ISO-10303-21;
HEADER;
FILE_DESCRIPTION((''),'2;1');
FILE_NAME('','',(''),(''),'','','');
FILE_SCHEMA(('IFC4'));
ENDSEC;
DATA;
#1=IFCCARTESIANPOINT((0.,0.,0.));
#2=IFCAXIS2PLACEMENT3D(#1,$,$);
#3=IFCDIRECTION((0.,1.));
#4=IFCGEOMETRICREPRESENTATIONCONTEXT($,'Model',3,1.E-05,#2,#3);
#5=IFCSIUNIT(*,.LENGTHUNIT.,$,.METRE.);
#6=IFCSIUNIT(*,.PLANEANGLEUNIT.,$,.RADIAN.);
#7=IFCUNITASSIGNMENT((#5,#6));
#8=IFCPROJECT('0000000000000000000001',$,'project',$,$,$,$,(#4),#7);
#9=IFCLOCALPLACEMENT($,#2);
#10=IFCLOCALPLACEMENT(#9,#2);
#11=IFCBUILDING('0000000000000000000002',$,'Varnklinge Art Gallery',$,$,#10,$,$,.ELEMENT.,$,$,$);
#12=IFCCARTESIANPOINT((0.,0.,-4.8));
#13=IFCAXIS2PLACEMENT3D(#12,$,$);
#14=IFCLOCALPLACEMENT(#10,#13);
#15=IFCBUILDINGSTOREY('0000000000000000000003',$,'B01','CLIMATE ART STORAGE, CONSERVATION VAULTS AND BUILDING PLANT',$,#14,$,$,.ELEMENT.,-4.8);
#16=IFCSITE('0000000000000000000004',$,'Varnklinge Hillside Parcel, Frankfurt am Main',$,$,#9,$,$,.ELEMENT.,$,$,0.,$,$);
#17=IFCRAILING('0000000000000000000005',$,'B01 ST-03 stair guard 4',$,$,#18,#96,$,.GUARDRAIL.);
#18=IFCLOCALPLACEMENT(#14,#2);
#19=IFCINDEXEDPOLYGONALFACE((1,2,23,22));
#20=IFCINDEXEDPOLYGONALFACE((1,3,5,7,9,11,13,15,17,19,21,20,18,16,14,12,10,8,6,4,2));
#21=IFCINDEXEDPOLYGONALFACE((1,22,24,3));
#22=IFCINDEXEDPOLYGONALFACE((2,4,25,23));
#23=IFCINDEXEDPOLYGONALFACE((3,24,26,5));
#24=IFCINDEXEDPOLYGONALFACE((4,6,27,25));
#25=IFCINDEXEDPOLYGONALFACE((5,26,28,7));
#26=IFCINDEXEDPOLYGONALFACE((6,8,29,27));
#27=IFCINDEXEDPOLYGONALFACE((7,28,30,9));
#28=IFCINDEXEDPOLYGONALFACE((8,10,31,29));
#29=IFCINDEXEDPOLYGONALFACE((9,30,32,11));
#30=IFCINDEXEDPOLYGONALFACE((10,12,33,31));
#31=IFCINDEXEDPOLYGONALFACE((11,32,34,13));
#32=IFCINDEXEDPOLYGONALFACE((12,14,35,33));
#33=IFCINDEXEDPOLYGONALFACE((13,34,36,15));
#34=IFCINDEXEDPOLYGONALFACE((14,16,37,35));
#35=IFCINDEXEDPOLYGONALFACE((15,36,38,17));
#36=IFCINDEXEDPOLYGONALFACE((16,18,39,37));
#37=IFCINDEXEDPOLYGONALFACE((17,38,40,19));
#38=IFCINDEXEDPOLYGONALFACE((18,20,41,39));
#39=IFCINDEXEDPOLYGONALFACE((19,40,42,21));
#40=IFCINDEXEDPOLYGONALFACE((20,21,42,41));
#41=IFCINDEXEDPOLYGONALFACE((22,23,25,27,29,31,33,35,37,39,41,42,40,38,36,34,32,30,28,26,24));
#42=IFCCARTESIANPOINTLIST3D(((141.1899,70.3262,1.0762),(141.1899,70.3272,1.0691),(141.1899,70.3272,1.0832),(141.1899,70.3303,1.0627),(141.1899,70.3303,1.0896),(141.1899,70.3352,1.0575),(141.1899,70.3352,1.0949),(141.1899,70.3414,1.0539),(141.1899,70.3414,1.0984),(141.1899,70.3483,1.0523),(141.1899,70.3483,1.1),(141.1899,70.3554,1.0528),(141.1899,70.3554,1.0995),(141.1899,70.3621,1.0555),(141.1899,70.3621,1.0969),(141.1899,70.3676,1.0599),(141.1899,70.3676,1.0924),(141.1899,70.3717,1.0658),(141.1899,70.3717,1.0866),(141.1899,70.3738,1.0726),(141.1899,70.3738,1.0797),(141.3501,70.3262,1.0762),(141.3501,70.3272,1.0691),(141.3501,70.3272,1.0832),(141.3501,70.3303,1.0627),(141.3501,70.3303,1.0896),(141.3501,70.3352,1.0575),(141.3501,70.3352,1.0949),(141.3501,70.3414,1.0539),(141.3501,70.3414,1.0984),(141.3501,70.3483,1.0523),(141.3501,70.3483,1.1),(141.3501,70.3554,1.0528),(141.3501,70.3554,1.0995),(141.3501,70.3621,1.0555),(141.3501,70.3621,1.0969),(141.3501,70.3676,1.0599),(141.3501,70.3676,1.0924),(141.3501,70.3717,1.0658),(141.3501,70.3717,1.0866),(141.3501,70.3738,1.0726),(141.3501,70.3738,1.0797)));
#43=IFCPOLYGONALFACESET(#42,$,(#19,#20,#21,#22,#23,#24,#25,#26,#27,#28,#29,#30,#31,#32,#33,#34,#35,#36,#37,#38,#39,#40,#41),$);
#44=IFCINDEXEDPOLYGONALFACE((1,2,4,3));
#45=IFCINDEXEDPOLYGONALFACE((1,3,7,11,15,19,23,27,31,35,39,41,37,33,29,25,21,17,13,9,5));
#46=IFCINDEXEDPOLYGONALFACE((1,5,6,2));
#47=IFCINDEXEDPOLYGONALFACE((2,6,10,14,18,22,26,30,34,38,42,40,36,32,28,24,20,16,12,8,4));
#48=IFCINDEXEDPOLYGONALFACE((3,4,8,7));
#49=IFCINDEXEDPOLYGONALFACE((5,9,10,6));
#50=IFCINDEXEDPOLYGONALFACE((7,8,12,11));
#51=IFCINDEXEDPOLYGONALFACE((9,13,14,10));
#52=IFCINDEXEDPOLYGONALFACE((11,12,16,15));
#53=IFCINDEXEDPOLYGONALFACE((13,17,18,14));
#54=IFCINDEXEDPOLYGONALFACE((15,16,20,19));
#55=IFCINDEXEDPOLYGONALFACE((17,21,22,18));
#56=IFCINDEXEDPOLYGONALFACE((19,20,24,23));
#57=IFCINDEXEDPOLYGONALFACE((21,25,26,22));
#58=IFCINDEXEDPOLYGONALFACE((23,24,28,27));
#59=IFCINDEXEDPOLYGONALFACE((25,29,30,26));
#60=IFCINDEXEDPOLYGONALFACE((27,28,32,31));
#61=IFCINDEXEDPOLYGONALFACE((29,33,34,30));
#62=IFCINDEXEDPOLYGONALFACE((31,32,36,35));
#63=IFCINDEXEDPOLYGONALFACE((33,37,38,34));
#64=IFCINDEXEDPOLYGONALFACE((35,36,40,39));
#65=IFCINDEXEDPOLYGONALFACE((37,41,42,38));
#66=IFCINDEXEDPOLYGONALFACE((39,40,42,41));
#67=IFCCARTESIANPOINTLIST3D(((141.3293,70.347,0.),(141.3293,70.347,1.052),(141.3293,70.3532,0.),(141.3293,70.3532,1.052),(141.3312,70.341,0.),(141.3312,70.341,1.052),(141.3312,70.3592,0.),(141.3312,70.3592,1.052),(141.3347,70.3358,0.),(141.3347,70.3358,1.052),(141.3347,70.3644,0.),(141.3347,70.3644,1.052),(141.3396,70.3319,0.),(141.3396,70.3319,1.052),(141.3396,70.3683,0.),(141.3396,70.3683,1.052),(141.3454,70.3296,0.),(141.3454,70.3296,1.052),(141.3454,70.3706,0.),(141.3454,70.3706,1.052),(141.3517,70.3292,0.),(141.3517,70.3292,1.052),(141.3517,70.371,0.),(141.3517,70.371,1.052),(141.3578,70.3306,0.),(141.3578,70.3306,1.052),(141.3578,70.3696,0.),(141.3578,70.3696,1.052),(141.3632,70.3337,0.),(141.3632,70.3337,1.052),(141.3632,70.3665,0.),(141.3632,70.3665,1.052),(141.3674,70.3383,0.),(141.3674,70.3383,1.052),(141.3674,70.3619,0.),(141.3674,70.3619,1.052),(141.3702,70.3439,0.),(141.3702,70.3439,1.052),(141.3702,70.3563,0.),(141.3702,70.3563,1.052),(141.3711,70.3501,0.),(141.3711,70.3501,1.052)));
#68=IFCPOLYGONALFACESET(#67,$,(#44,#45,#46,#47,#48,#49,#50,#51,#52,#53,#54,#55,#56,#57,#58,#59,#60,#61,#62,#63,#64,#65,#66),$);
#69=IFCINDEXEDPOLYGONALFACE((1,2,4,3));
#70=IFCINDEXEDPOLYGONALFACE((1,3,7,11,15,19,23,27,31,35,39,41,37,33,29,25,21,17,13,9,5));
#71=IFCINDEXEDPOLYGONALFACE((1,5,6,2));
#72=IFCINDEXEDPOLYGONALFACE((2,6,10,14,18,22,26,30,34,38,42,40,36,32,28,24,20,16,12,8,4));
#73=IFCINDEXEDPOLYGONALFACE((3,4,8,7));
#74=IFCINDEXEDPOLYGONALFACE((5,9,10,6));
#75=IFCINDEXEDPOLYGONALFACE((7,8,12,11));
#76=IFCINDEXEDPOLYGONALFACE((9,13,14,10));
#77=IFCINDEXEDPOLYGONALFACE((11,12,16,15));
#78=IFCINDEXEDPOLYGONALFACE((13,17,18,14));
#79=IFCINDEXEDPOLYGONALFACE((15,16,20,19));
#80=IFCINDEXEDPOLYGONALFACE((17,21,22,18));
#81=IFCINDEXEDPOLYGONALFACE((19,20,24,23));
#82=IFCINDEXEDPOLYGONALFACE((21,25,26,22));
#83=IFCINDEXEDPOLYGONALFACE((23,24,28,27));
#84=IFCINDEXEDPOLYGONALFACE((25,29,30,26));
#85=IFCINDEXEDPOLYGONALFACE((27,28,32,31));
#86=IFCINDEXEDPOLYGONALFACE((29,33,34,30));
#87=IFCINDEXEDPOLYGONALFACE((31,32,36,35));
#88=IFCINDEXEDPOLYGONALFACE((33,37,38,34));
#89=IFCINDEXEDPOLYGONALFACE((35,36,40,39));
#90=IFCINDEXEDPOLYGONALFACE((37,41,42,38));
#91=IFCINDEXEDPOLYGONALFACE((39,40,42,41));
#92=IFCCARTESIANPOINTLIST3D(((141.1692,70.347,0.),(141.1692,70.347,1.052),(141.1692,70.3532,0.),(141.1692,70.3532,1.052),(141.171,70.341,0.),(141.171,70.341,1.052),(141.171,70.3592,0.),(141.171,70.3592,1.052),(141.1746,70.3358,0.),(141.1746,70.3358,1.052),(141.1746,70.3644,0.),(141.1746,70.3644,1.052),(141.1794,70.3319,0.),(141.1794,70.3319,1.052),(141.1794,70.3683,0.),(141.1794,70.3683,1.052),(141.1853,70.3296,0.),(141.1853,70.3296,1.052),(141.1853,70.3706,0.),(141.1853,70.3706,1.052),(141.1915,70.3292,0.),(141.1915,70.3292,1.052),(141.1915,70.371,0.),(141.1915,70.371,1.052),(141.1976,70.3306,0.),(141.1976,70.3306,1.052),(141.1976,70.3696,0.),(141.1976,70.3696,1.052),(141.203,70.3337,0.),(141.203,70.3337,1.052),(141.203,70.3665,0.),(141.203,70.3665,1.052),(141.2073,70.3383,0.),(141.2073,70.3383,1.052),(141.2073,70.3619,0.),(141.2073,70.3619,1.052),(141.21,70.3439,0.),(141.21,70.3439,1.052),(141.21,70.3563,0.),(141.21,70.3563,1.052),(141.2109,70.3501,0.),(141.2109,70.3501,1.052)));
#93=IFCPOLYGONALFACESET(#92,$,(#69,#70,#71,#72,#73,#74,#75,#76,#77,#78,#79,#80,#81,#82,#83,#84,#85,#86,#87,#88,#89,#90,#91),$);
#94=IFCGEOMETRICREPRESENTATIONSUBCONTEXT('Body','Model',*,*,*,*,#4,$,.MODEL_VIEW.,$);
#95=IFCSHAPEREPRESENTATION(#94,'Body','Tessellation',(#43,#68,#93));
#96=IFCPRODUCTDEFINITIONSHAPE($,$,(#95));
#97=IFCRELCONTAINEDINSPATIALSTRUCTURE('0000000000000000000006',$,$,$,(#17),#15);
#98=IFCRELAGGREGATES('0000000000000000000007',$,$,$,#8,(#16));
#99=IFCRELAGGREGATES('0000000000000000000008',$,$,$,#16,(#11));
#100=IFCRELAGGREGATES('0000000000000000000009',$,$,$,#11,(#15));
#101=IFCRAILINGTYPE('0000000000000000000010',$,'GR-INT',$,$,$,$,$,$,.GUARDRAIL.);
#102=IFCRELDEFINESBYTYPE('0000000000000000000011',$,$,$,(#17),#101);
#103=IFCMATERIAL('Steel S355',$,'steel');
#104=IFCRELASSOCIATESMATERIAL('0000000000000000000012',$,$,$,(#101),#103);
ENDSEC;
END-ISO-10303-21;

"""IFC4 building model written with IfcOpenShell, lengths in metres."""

from ifc_helpers import new_model, si_unit, direction, frame, origin, origin_2d, place, context, subcontext, project, spatial, circle, extrude, material, type_object, element, save


model = new_model("IFC4")

# Units and contexts
model_context = context("Model", 3, precision=1e-05, world=origin(), true_north=direction((0.0, 1.0)))
body_context = subcontext(model_context, "Body", "Model", "MODEL_VIEW")
ifc_project = project(units=[si_unit("LENGTHUNIT", "METRE"), si_unit("PLANEANGLEUNIT", "RADIAN")], contexts=[model_context])

# Site, building, storey
site_placement = place(None, origin())
site = spatial("IfcSite", under=ifc_project, at=site_placement, Name="Varnklinge Hillside Parcel, Frankfurt am Main", CompositionType="ELEMENT", RefElevation=0.0)
building_placement = place(site_placement, origin())
building = spatial("IfcBuilding", under=site, at=building_placement, Name="Varnklinge Art Gallery", CompositionType="ELEMENT")
storey_placement = place(building_placement, frame((0.0, 0.0, -4.8)))
storey = spatial("IfcBuildingStorey", under=building, at=storey_placement, Name="B01", Description="CLIMATE ART STORAGE, CONSERVATION VAULTS AND BUILDING PLANT", CompositionType="ELEMENT", Elevation=-4.8)

# Railing
ifc_material_1 = material(Name="Steel S355", Category="steel")
railing_type_1 = type_object("IfcRailingType", Name="GR-INT", PredefinedType="GUARDRAIL", material=ifc_material_1)
railing_1_placement = place(storey_placement, frame((141.3501, 70.3501, 0.0)))
element("IfcRailing", 1, at=railing_1_placement, inside=storey, type_object=railing_type_1, Name="B01 ST-03 stair guard 4", PredefinedType="GUARDRAIL", context=body_context, shape_type="SweptSolid", body=[
    extrude(circle(Radius=0.0239, at=origin_2d()), frame((0.0, 0.0, 1.0762), z_axis=(-1.0, 0.0, 0.0), x_axis=(0.0, -1.0, 0.0)), (0.0, 0.0, 1.0), 0.1602),
    extrude(circle(Radius=0.021, at=origin_2d()), origin(), (0.0, 0.0, 1.0), 1.052),
    extrude(circle(Radius=0.021, at=origin_2d()), frame((-0.1602, 0.0, 0.0)), (0.0, 0.0, 1.0), 1.052),
])

save(model, "model.ifc")
